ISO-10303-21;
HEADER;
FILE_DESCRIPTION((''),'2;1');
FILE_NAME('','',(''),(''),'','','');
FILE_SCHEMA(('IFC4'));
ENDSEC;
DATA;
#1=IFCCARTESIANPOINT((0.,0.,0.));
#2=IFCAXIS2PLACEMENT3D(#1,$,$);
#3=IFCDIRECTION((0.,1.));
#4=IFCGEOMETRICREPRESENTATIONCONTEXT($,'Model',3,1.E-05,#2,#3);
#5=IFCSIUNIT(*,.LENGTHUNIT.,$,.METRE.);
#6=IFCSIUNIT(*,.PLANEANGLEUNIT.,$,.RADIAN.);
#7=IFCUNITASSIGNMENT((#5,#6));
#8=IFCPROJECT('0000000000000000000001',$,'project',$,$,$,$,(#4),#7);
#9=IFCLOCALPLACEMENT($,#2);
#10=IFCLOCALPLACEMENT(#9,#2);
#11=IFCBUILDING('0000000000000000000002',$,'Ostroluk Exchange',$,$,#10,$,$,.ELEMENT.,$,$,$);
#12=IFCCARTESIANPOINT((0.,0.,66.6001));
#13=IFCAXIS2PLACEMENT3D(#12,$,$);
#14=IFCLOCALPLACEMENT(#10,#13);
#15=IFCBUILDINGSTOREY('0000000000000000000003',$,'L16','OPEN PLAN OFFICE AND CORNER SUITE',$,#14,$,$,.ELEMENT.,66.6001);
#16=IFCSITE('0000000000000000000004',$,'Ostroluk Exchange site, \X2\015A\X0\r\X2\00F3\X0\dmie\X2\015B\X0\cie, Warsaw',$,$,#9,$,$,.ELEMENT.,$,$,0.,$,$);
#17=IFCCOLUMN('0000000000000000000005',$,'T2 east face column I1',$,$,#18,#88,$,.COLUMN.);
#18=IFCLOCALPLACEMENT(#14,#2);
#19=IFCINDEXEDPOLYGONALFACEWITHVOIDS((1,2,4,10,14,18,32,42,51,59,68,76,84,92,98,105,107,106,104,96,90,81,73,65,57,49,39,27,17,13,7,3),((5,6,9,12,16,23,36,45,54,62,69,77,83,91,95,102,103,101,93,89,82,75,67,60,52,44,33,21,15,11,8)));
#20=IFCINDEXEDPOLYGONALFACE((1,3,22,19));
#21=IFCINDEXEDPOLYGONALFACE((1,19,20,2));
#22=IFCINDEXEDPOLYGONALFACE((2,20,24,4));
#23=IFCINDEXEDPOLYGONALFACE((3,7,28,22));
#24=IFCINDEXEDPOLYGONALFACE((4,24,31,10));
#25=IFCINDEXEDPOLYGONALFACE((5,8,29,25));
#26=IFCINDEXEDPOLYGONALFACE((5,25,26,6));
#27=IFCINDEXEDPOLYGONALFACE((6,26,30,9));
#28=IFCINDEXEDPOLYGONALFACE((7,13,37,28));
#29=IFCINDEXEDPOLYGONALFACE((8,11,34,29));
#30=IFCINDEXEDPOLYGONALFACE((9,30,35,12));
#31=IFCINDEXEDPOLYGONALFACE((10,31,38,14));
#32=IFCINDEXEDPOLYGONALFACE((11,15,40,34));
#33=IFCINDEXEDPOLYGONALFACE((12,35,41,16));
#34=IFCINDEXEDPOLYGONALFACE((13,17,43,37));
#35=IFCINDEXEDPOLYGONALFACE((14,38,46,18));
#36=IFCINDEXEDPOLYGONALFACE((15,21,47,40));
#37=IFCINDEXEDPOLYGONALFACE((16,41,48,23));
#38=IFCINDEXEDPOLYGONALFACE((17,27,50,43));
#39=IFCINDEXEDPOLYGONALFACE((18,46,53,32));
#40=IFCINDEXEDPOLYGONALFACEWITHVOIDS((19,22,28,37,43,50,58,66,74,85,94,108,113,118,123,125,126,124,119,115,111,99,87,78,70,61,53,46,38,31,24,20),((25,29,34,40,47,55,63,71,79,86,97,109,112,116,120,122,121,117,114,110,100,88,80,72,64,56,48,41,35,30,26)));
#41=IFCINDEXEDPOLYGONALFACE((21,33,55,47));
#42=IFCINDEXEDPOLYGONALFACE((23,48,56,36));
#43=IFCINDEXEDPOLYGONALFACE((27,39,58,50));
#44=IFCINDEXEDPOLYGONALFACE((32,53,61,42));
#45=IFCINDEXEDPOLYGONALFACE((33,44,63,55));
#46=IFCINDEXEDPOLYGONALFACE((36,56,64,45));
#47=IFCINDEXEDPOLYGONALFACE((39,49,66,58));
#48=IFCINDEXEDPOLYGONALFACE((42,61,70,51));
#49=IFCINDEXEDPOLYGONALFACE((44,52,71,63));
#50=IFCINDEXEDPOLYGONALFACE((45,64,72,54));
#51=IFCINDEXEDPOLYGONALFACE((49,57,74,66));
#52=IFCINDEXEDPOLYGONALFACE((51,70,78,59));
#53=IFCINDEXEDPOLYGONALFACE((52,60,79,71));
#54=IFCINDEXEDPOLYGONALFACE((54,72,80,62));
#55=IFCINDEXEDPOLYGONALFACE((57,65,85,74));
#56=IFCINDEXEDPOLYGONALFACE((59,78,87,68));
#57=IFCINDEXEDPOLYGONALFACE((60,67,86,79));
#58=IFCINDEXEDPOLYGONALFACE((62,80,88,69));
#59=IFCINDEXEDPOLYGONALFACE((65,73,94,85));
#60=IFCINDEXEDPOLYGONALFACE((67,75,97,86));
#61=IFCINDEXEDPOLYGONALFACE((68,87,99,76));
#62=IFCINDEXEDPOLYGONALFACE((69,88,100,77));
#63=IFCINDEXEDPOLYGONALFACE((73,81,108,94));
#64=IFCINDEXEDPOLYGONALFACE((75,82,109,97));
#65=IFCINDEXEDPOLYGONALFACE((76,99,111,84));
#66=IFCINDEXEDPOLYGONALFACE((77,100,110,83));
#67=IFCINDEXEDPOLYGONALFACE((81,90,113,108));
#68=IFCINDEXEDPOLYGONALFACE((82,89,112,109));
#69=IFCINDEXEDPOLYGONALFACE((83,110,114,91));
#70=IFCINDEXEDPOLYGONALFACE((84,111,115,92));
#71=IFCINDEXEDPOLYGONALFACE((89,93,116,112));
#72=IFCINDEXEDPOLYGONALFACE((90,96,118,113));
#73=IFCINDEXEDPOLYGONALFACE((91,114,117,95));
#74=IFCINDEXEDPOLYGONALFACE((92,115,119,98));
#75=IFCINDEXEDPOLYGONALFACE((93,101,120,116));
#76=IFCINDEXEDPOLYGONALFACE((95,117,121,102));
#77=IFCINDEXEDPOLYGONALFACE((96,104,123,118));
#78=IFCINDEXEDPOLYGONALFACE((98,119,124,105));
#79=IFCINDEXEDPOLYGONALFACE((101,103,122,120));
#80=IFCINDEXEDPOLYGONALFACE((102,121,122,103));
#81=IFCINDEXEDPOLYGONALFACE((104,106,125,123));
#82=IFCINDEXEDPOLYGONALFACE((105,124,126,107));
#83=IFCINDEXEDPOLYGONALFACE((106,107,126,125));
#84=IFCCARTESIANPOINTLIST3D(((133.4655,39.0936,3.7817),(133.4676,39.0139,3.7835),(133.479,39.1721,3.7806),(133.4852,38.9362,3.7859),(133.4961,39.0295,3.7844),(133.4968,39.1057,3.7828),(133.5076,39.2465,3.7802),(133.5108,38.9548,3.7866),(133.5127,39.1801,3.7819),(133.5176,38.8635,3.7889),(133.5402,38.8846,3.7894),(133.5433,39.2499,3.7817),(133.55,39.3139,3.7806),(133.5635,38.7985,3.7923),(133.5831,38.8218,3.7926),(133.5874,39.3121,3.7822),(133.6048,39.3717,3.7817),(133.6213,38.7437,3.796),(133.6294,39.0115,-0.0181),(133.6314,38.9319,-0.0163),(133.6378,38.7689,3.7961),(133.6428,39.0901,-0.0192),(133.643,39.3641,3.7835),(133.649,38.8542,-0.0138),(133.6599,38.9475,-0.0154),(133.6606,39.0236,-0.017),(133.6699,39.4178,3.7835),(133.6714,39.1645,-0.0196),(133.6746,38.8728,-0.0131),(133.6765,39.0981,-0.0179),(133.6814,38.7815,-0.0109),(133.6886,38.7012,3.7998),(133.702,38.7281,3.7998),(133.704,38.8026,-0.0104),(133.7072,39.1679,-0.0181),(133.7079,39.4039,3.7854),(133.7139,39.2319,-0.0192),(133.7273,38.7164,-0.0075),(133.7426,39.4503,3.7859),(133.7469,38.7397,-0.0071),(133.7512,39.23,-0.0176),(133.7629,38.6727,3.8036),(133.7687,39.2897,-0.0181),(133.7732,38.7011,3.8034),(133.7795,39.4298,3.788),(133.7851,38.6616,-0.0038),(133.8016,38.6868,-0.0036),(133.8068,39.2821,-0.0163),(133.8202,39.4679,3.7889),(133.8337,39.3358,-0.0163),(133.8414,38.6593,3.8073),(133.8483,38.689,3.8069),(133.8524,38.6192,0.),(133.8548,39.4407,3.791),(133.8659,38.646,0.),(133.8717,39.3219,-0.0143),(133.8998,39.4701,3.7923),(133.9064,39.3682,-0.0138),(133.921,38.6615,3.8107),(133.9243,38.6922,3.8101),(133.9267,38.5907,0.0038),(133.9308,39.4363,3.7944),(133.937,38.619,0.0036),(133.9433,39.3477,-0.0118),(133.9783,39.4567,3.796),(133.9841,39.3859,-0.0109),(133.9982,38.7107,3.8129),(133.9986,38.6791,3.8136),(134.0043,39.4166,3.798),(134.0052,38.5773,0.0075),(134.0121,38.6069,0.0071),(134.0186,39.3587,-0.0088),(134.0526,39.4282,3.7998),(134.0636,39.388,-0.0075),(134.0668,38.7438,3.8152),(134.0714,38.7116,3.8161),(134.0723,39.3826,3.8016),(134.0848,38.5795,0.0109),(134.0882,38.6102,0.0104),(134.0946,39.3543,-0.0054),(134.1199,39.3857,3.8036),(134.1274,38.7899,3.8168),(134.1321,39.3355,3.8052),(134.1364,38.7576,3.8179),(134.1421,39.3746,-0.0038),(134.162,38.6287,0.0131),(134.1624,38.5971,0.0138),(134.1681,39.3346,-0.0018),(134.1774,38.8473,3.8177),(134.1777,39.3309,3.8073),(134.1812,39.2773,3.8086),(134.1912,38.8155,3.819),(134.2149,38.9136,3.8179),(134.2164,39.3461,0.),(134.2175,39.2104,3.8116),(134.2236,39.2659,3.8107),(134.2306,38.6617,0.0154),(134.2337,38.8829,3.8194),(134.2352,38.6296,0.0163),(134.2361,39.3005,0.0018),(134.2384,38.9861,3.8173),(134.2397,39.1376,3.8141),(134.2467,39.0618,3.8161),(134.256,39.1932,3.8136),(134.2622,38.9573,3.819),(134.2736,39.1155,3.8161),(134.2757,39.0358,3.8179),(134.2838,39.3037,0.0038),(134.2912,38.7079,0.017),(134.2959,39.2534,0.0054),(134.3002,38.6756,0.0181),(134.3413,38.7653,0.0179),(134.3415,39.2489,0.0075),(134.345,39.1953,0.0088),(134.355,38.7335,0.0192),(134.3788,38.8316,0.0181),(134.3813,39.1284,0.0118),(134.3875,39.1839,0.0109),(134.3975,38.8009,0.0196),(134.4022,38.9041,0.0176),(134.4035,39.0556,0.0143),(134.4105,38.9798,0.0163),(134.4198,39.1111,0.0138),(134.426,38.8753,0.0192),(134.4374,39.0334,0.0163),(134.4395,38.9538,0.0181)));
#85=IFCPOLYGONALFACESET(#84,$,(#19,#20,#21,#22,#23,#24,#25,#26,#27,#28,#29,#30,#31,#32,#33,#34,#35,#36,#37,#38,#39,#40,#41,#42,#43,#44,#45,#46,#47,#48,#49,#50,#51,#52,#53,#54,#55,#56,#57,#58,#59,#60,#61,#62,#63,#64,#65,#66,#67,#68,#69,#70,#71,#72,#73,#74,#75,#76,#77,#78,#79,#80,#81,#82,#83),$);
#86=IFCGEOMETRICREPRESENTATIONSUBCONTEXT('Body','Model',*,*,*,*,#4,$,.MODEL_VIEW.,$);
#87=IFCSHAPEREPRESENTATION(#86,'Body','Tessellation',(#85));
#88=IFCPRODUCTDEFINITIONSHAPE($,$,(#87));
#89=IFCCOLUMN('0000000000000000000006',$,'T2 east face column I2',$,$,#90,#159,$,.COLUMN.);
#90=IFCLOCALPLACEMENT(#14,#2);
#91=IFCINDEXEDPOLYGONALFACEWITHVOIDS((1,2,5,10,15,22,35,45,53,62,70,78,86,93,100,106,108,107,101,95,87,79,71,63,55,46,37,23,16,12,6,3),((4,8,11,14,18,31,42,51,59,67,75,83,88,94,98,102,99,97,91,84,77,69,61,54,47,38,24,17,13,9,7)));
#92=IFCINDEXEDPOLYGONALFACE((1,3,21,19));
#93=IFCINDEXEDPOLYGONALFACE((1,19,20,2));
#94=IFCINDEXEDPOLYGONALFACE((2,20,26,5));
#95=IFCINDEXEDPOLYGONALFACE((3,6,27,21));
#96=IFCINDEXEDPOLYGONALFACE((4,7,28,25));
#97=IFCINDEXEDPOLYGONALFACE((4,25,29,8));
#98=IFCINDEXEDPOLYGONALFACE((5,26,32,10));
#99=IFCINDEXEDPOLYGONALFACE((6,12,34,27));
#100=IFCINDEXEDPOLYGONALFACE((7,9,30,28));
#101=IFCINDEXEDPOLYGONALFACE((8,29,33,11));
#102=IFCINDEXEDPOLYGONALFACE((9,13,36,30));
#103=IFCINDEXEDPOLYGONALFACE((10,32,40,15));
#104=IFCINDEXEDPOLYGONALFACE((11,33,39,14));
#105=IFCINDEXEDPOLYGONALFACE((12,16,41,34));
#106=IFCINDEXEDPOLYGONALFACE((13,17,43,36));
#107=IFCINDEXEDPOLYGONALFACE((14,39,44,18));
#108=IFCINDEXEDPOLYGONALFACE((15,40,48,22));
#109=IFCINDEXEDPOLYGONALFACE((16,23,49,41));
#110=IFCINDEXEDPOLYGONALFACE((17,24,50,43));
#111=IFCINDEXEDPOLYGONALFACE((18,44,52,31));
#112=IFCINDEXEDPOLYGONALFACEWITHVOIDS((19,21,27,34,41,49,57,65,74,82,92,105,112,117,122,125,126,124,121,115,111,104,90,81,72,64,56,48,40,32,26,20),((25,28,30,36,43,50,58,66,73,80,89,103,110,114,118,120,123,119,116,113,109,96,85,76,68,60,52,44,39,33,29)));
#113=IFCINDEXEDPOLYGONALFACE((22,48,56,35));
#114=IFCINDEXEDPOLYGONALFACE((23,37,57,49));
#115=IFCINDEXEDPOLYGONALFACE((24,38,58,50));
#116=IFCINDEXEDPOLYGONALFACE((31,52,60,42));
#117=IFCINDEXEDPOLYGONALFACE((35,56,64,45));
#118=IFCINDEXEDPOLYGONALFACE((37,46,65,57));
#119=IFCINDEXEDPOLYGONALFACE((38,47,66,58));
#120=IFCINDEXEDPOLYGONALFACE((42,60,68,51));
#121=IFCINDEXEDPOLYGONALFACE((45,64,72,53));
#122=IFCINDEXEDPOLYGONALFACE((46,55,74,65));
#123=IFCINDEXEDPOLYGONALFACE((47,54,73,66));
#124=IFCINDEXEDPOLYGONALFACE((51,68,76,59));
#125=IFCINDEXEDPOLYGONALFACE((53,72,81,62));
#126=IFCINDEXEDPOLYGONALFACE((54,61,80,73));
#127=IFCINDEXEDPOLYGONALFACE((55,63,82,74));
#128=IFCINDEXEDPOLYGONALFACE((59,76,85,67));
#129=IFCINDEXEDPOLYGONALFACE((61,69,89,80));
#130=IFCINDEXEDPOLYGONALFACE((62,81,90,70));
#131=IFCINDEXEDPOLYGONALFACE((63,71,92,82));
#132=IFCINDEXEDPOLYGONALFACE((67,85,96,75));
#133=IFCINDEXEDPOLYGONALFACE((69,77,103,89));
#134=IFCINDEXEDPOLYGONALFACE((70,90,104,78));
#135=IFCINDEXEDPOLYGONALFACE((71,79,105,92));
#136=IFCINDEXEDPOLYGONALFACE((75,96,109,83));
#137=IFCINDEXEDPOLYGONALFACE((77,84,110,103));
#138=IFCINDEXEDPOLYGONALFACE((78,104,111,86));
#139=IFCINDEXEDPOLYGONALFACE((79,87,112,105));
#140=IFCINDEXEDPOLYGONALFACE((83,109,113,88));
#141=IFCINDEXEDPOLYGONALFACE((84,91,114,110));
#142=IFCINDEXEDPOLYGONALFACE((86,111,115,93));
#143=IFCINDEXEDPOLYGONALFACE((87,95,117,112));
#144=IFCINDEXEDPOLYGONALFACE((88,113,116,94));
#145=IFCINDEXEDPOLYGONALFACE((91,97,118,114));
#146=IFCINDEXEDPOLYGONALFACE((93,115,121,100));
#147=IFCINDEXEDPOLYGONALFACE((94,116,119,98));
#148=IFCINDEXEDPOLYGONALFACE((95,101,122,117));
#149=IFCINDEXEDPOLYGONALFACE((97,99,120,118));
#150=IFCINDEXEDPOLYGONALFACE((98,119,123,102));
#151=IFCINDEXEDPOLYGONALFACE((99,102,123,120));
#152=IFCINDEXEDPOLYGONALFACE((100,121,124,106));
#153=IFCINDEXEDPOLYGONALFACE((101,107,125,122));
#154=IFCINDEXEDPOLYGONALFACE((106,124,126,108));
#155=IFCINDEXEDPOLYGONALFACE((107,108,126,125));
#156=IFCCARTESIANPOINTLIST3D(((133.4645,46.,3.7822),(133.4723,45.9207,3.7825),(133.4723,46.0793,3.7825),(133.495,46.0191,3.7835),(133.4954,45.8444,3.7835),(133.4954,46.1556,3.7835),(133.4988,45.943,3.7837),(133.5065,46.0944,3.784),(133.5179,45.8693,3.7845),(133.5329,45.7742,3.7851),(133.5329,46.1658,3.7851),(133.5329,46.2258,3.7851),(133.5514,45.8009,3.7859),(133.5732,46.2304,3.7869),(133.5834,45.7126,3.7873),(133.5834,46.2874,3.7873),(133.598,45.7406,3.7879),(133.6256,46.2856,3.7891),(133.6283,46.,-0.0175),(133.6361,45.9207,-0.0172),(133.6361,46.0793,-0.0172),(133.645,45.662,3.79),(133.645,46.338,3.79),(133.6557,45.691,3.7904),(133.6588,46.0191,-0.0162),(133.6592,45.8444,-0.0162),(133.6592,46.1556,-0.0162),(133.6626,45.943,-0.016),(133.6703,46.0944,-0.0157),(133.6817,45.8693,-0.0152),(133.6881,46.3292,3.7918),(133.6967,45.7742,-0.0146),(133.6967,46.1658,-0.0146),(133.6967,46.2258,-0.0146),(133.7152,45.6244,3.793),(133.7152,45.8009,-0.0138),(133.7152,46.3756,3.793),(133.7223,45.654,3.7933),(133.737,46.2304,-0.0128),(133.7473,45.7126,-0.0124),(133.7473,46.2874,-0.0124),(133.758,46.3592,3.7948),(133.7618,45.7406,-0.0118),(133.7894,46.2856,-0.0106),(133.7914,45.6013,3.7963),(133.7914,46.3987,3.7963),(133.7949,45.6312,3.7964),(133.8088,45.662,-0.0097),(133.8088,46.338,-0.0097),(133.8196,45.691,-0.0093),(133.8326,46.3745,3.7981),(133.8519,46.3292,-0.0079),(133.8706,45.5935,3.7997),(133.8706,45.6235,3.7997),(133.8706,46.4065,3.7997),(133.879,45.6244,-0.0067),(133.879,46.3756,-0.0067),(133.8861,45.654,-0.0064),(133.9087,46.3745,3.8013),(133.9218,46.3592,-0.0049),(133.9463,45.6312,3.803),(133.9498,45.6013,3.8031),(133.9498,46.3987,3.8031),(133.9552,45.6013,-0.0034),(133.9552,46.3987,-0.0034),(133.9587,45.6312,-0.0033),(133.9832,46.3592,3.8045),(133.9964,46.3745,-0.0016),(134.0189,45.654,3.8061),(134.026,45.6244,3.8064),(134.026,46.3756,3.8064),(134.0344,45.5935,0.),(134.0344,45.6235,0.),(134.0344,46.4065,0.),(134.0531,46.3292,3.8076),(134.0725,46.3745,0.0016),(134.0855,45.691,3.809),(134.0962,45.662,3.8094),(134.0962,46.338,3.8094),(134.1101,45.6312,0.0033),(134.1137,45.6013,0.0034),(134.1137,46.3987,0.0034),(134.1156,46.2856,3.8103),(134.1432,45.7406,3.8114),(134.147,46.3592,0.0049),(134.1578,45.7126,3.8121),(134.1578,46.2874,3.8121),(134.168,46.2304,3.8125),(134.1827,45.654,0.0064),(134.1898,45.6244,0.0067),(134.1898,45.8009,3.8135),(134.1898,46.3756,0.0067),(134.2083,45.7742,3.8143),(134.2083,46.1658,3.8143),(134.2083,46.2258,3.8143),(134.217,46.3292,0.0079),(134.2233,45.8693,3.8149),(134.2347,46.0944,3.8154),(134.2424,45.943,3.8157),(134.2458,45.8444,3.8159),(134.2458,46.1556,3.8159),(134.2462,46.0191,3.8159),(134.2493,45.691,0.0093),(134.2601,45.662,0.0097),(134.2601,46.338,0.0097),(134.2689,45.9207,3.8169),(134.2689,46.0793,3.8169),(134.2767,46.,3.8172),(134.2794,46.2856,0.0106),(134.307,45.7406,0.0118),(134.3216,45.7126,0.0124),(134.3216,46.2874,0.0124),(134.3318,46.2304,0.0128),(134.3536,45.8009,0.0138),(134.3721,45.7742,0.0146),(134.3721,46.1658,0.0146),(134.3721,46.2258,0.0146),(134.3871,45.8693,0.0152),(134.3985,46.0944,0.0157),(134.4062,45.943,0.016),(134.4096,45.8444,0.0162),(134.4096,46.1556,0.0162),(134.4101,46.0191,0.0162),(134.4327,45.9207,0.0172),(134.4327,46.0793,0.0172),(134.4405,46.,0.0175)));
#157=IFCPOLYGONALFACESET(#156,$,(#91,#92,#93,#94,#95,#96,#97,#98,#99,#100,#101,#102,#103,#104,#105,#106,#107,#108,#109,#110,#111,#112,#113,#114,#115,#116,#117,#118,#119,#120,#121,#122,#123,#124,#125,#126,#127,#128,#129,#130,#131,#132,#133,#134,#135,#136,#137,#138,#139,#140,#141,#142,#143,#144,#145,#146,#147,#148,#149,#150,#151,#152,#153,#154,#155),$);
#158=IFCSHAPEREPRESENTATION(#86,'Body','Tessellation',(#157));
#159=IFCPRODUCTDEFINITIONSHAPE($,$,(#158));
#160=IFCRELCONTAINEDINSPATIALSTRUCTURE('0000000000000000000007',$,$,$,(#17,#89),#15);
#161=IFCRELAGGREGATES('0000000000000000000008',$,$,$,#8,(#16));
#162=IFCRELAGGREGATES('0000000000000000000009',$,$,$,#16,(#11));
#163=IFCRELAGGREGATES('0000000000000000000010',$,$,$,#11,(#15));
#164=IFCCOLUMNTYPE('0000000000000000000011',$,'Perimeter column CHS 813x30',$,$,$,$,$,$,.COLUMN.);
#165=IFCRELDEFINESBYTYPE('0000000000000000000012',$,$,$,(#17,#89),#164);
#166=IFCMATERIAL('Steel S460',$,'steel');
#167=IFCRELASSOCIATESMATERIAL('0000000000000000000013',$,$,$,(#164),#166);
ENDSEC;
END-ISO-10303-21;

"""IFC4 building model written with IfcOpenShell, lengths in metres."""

from ifc_helpers import new_model, si_unit, direction, frame, origin, origin_2d, place, context, subcontext, project, spatial, hollow_circle, extrude, material, material_profile, profile_set, type_object, element, save


model = new_model("IFC4")

# Units and contexts
model_context = context("Model", 3, precision=1e-05, world=origin(), true_north=direction((0.0, 1.0)))
body_context = subcontext(model_context, "Body", "Model", "MODEL_VIEW")
ifc_project = project(units=[si_unit("LENGTHUNIT", "METRE"), si_unit("PLANEANGLEUNIT", "RADIAN")], contexts=[model_context])

# Site, building, storey
site_placement = place(None, origin())
site = spatial("IfcSite", under=ifc_project, at=site_placement, Name="Ostroluk Exchange site, Śródmieście, Warsaw", CompositionType="ELEMENT", RefElevation=0.0)
building_placement = place(site_placement, origin())
building = spatial("IfcBuilding", under=site, at=building_placement, Name="Ostroluk Exchange", CompositionType="ELEMENT")
storey_placement = place(building_placement, frame((0.0, 0.0, 66.6001)))
storey = spatial("IfcBuildingStorey", under=building, at=storey_placement, Name="L16", Description="OPEN PLAN OFFICE AND CORNER SUITE", CompositionType="ELEMENT", Elevation=66.6001)

# Columns
ifc_material_1 = material(Name="Steel S460", Category="steel")
ifc_material_profile_1 = material_profile(ifc_material_1, hollow_circle(Radius=0.4065, WallThickness=0.03, at=origin_2d()), Name="CHS 813x30")
ifc_profile_set_1 = profile_set([ifc_material_profile_1], Name="Steel S460")
column_type = type_object("IfcColumnType", Name="Perimeter column CHS 813x30", PredefinedType="COLUMN", material=ifc_profile_set_1)
column_1_placement = place(storey_placement, frame((134.0344, 38.9827, 0.0), z_axis=(-0.043062, 0.021563, 0.99884), x_axis=(-0.447747, -0.894161, 0.0)))
element("IfcColumn", 1, at=column_1_placement, inside=storey, type_object=column_type, Name="T2 east face column I1", PredefinedType="COLUMN", context=body_context, shape_type="SweptSolid", body=[
    extrude(hollow_circle(Radius=0.4065, WallThickness=0.03, at=origin_2d()), origin(), (0.0, 0.0, 1.0), 3.8042),
])
column_2_placement = place(storey_placement, frame((134.0344, 46.0, 0.0), z_axis=(-0.043072, 0.0, 0.999072), x_axis=(0.0, -1.0, 0.0)))
element("IfcColumn", 2, at=column_2_placement, inside=storey, type_object=column_type, Name="T2 east face column I2", PredefinedType="COLUMN", context=body_context, shape_type="SweptSolid", body=[
    extrude(hollow_circle(Radius=0.4065, WallThickness=0.03, at=origin_2d()), origin(), (0.0, 0.0, 1.0), 3.8032),
])

save(model, "model.ifc")
